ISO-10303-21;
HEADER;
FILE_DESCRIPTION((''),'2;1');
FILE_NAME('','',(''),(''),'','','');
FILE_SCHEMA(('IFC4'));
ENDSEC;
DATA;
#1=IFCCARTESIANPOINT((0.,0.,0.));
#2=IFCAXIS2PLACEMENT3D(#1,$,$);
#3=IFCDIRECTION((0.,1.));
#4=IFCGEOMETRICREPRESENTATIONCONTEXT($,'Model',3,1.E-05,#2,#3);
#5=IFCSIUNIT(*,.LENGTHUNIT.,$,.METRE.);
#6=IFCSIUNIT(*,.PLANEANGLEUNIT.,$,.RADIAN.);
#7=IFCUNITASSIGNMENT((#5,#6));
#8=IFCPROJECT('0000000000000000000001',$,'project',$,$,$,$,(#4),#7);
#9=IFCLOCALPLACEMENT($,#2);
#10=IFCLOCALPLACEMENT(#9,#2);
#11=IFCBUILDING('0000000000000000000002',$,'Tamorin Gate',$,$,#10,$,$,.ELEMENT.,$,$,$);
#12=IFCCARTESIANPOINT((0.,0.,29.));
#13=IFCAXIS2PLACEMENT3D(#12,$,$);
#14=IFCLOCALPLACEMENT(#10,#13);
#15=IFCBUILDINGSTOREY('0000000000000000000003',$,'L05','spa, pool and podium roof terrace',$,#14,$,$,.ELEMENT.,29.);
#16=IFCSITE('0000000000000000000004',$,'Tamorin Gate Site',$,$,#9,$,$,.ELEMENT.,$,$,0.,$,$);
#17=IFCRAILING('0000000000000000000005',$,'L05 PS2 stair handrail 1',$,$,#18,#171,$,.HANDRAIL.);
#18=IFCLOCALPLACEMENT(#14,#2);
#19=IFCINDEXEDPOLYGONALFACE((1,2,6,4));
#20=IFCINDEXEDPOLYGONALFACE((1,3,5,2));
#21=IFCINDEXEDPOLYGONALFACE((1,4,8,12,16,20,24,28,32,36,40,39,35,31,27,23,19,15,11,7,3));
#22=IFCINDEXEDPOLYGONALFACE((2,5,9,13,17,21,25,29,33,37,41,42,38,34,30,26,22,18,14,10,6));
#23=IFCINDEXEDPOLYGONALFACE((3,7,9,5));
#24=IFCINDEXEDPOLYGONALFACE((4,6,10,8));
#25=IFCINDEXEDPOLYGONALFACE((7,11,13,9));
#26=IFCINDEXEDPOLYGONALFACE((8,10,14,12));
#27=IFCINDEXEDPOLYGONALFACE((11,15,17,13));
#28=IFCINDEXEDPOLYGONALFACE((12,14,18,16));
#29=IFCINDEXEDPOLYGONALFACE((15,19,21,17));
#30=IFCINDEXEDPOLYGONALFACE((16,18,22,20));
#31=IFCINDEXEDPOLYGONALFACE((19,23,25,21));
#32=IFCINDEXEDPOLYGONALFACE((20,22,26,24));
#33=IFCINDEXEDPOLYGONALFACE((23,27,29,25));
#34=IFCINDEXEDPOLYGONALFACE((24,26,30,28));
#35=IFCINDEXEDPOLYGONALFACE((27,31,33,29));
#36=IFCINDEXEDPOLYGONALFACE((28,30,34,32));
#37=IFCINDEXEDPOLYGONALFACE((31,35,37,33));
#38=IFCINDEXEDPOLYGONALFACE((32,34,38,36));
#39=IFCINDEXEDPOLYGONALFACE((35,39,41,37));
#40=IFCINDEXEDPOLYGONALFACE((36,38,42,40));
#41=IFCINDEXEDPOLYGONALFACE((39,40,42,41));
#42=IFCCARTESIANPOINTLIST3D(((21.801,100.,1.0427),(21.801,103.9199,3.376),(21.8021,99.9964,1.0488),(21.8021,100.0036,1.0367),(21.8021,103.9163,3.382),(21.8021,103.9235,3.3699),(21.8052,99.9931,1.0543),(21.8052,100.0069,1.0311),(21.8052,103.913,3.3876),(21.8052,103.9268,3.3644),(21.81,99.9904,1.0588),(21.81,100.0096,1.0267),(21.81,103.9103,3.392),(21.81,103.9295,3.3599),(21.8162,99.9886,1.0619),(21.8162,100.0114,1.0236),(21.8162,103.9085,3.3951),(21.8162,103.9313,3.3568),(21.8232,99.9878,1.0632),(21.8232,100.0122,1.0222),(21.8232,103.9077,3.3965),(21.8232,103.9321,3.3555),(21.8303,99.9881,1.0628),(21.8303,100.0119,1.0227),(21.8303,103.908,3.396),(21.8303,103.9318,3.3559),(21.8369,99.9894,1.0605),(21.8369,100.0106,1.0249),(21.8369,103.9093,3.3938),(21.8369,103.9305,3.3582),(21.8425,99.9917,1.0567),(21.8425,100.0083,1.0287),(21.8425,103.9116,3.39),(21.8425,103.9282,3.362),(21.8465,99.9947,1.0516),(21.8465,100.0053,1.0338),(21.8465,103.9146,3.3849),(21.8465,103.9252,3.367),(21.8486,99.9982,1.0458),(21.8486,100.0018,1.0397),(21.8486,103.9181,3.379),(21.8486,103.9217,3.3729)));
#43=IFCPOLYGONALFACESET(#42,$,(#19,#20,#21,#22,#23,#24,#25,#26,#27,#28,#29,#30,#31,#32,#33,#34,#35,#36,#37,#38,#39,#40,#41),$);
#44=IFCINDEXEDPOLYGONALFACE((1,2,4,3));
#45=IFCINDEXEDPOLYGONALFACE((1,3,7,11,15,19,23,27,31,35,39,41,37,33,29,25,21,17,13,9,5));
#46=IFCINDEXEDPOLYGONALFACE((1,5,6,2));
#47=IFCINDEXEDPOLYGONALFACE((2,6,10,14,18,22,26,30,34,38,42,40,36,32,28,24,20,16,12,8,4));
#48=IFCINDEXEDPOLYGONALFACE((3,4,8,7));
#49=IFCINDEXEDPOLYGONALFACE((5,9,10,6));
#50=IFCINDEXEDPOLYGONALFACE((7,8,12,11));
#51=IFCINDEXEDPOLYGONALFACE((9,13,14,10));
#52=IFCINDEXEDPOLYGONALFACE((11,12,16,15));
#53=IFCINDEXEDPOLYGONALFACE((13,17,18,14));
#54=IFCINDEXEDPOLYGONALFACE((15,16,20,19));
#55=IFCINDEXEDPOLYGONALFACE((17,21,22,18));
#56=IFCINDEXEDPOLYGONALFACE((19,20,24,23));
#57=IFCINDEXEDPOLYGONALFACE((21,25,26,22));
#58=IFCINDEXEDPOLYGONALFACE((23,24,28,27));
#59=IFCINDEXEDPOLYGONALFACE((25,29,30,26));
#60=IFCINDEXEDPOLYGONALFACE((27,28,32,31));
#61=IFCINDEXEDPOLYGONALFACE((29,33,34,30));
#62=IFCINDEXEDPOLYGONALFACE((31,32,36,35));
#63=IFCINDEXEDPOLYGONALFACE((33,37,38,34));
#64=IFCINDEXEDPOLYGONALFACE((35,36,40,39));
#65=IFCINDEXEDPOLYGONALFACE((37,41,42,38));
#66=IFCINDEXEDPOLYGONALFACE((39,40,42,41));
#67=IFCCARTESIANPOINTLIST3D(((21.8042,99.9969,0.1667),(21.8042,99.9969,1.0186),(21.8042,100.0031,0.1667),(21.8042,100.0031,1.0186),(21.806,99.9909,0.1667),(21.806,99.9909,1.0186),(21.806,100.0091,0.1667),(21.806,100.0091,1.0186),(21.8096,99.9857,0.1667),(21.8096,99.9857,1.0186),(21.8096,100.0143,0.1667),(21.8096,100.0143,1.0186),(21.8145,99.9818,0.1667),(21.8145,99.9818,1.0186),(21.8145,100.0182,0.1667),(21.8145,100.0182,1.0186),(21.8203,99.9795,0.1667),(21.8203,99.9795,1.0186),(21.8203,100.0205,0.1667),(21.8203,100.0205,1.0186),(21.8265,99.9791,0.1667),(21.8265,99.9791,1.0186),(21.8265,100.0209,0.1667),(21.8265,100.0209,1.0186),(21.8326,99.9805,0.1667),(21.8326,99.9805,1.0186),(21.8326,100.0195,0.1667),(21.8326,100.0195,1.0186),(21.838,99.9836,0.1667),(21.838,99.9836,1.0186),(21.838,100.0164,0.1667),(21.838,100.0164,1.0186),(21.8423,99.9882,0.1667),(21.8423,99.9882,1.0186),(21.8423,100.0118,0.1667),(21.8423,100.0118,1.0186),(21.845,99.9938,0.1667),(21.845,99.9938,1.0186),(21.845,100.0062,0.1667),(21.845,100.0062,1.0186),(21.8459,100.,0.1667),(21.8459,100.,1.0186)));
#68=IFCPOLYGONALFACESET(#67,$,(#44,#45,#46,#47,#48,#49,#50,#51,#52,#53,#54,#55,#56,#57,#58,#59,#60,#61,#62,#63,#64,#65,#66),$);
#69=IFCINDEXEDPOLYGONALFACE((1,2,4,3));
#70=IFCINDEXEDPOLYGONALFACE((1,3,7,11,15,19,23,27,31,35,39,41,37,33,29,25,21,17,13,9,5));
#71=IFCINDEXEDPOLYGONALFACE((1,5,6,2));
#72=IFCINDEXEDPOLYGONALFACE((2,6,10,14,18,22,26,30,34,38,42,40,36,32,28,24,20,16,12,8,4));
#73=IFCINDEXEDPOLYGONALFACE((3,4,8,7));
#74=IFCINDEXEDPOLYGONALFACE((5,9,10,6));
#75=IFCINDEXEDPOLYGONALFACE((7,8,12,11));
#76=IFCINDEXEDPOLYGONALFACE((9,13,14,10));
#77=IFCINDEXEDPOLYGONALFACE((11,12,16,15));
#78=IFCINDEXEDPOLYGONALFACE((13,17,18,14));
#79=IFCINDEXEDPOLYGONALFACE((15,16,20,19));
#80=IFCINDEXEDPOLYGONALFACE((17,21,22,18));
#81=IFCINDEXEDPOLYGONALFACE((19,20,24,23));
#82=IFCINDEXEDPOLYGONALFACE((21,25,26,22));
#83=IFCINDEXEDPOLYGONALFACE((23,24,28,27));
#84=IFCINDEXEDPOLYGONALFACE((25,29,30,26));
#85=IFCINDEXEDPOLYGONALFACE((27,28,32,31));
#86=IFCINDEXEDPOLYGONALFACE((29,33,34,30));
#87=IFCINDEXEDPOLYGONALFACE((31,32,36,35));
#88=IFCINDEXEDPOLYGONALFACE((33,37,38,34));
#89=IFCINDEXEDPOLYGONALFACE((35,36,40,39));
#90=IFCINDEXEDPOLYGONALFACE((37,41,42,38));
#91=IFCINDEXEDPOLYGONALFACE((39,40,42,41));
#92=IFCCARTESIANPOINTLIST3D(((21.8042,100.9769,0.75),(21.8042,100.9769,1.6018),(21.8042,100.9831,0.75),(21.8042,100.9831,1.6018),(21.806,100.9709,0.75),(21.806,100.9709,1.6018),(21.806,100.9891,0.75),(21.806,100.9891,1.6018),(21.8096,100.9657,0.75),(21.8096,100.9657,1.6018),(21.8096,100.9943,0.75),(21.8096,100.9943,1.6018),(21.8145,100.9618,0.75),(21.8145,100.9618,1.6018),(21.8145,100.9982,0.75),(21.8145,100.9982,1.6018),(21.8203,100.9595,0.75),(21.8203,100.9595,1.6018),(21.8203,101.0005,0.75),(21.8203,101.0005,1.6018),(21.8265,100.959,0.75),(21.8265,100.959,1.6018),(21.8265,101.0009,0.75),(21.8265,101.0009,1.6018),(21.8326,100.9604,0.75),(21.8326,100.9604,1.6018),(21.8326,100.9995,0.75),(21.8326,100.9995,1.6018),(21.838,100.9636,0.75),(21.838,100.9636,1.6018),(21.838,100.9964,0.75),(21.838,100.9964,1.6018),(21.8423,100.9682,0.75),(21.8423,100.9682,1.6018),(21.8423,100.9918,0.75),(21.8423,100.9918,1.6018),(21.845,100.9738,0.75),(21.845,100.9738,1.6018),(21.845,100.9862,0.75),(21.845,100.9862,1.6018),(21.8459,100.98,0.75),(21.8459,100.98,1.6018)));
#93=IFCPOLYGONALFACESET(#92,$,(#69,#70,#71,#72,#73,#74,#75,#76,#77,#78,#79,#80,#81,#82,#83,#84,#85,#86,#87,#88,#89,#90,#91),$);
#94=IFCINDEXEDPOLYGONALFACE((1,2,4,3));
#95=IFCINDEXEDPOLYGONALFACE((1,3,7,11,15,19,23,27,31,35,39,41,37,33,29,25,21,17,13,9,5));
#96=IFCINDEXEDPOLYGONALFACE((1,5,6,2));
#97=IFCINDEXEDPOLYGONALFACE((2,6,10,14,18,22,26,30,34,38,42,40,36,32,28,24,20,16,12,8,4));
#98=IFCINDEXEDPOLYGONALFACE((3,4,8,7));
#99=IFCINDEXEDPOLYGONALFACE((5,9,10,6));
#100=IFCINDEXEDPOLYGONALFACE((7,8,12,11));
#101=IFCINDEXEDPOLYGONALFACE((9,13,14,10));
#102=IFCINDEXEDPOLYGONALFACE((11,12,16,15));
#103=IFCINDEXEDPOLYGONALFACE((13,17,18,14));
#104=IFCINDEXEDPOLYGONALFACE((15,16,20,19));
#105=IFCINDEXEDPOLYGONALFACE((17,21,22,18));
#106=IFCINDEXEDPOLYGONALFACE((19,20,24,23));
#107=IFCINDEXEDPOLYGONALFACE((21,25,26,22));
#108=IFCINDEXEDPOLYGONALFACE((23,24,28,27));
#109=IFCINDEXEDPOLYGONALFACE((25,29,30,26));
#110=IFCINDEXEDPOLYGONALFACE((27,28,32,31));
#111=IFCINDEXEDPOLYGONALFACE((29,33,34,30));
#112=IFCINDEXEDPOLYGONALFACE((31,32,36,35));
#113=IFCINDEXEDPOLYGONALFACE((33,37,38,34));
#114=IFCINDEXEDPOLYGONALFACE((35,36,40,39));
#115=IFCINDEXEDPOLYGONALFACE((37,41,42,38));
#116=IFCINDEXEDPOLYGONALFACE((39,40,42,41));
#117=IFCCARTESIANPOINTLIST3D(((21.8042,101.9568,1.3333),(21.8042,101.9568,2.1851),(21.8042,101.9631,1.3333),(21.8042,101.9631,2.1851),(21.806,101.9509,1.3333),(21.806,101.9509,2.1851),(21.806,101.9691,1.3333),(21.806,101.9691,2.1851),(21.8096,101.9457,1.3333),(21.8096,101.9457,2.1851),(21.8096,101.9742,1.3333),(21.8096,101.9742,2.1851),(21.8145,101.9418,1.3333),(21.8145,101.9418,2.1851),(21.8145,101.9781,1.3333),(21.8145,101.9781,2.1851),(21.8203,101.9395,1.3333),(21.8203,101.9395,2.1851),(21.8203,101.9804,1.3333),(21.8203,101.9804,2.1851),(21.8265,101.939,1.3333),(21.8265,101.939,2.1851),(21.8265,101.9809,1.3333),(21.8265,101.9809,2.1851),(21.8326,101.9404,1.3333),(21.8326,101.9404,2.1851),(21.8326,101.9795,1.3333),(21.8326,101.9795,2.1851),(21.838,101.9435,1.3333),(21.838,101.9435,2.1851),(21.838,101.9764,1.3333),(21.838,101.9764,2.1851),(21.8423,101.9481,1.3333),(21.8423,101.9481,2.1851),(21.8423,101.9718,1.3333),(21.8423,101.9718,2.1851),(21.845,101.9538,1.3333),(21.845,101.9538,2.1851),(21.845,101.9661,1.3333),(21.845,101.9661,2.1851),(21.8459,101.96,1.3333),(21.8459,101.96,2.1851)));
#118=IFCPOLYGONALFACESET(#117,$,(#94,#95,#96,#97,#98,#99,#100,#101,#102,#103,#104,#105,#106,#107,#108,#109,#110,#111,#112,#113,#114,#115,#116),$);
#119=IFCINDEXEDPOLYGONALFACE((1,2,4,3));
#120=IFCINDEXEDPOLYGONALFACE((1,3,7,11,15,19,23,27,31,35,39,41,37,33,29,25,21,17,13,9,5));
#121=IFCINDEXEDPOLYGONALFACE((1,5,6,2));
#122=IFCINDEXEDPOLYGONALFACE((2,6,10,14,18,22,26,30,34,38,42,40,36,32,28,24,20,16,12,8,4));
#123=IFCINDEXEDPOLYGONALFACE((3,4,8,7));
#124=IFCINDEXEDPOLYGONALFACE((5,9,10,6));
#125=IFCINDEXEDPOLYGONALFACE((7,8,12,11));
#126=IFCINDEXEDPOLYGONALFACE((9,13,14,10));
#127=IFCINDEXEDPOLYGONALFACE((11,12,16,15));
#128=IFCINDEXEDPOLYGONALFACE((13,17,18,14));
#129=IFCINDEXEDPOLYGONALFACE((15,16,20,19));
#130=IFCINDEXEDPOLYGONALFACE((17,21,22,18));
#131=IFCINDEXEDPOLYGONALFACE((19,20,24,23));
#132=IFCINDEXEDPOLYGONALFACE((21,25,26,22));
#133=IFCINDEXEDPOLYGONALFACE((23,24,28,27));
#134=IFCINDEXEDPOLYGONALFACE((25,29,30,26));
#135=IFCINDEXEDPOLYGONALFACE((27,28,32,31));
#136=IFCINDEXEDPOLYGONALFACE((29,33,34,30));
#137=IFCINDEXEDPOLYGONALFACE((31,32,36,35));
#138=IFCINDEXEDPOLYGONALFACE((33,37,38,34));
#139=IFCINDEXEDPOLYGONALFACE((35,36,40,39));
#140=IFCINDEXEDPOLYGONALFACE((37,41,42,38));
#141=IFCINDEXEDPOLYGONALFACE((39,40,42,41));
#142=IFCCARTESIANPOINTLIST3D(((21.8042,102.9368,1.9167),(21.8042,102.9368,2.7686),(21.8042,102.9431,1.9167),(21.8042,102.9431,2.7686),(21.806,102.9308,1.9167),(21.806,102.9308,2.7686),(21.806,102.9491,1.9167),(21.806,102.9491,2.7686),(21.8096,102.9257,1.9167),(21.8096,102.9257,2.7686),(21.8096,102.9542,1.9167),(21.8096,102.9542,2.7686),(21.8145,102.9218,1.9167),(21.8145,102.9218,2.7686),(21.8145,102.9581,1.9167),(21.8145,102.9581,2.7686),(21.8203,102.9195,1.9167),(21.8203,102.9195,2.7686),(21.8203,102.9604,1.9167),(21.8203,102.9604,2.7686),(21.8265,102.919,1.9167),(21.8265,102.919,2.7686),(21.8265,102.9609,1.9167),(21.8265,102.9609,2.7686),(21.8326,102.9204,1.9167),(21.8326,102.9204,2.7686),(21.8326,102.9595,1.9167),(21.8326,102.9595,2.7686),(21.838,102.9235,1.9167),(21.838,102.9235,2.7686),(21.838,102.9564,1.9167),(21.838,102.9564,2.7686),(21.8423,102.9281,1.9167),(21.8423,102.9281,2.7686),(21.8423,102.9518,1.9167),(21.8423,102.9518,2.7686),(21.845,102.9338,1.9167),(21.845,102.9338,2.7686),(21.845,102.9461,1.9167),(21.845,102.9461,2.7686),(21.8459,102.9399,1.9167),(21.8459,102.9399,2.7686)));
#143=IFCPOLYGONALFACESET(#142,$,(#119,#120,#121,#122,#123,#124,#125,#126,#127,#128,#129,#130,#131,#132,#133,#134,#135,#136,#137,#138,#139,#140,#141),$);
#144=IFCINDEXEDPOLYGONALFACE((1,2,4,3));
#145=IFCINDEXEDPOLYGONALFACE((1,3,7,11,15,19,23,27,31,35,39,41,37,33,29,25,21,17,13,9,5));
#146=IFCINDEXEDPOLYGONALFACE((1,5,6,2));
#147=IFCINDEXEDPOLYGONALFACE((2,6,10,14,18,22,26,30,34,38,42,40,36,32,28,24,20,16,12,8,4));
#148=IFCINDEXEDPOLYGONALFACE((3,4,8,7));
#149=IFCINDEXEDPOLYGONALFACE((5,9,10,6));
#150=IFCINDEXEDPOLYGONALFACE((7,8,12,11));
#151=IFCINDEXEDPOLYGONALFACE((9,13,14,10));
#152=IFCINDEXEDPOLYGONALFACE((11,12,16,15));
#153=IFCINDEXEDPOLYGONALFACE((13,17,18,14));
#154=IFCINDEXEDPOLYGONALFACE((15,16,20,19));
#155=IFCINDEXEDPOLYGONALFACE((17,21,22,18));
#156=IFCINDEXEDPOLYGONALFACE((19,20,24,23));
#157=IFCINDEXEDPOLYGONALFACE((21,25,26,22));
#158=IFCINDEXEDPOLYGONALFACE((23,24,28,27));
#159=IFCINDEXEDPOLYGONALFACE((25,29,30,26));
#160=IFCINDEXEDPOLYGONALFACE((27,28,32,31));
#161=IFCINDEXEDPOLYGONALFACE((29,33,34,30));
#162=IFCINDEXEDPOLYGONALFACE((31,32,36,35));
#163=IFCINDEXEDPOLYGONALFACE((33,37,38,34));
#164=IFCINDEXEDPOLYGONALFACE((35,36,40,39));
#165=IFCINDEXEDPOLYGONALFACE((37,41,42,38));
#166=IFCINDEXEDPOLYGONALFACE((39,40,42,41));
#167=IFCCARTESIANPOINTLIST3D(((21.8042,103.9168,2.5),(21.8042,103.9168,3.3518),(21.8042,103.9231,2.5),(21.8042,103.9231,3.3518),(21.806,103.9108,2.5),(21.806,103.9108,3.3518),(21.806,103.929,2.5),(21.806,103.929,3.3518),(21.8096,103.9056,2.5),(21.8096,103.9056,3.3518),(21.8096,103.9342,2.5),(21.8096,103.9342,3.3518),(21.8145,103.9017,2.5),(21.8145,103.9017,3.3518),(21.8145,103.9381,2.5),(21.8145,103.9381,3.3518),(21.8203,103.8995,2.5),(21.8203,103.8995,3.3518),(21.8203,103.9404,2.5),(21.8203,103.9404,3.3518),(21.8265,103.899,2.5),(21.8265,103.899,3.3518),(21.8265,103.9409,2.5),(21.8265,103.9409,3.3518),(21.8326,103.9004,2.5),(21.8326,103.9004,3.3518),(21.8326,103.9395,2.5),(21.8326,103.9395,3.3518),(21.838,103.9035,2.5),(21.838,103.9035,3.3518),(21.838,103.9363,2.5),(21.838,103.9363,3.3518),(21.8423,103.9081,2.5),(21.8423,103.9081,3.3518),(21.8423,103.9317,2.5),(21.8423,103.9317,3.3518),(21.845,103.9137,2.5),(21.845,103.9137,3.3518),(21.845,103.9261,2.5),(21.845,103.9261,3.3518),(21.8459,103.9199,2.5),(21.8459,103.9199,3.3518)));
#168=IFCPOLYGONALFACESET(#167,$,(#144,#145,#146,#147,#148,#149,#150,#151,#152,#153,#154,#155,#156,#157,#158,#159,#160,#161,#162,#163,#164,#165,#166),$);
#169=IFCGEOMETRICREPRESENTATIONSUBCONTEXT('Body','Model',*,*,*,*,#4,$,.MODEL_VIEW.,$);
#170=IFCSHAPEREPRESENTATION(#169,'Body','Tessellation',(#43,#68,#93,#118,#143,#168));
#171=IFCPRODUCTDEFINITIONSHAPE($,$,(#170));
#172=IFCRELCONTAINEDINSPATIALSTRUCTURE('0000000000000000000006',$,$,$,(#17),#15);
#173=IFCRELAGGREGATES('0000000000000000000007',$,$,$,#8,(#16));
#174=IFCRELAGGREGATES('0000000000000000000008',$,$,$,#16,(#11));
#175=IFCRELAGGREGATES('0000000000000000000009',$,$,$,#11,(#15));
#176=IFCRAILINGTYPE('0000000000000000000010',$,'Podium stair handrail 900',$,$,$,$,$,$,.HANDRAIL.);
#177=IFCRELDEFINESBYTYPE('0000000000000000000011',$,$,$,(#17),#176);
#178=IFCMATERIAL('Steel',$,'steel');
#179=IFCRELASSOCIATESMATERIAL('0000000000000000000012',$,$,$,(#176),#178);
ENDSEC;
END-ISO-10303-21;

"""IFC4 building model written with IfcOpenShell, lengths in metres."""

from ifc_helpers import new_model, si_unit, direction, frame, origin, origin_2d, place, context, subcontext, project, spatial, circle, extrude, material, type_object, element, save


model = new_model("IFC4")

# Units and contexts
model_context = context("Model", 3, precision=1e-05, world=origin(), true_north=direction((0.0, 1.0)))
body_context = subcontext(model_context, "Body", "Model", "MODEL_VIEW")
ifc_project = project(units=[si_unit("LENGTHUNIT", "METRE"), si_unit("PLANEANGLEUNIT", "RADIAN")], contexts=[model_context])

# Site, building, storey
site_placement = place(None, origin())
site = spatial("IfcSite", under=ifc_project, at=site_placement, Name="Tamorin Gate Site", CompositionType="ELEMENT", RefElevation=0.0)
building_placement = place(site_placement, origin())
building = spatial("IfcBuilding", under=site, at=building_placement, Name="Tamorin Gate", CompositionType="ELEMENT")
storey_placement = place(building_placement, frame((0.0, 0.0, 29.0)))
storey = spatial("IfcBuildingStorey", under=building, at=storey_placement, Name="L05", Description="spa, pool and podium roof terrace", CompositionType="ELEMENT", Elevation=29.0)

# Railing
ifc_material_1 = material(Name="Steel", Category="steel")
railing_type_1 = type_object("IfcRailingType", Name="Podium stair handrail 900", PredefinedType="HANDRAIL", material=ifc_material_1)
railing_1_placement = place(storey_placement, frame((21.825, 100.0, 0.1667)))
element("IfcRailing", 1, at=railing_1_placement, inside=storey, type_object=railing_type_1, Name="L05 PS2 stair handrail 1", PredefinedType="HANDRAIL", context=body_context, shape_type="SweptSolid", body=[
    extrude(circle(Radius=0.0239, at=origin_2d()), frame((0.0, 0.0, 0.876), z_axis=(0.0, 0.859296, 0.511478), x_axis=(-1.0, 0.0, 0.0)), (0.0, 0.0, 1.0), 4.5618),
    extrude(circle(Radius=0.021, at=origin_2d()), origin(), (0.0, 0.0, 1.0), 0.8518),
    extrude(circle(Radius=0.021, at=origin_2d()), frame((0.0, 0.98, 0.5833)), (0.0, 0.0, 1.0), 0.8518),
    extrude(circle(Radius=0.021, at=origin_2d()), frame((0.0, 1.96, 1.1665)), (0.0, 0.0, 1.0), 0.8518),
    extrude(circle(Radius=0.021, at=origin_2d()), frame((0.0, 2.9399, 1.75)), (0.0, 0.0, 1.0), 0.8518),
    extrude(circle(Radius=0.021, at=origin_2d()), frame((0.0, 3.9199, 2.3333)), (0.0, 0.0, 1.0), 0.8518),
])

save(model, "model.ifc")
